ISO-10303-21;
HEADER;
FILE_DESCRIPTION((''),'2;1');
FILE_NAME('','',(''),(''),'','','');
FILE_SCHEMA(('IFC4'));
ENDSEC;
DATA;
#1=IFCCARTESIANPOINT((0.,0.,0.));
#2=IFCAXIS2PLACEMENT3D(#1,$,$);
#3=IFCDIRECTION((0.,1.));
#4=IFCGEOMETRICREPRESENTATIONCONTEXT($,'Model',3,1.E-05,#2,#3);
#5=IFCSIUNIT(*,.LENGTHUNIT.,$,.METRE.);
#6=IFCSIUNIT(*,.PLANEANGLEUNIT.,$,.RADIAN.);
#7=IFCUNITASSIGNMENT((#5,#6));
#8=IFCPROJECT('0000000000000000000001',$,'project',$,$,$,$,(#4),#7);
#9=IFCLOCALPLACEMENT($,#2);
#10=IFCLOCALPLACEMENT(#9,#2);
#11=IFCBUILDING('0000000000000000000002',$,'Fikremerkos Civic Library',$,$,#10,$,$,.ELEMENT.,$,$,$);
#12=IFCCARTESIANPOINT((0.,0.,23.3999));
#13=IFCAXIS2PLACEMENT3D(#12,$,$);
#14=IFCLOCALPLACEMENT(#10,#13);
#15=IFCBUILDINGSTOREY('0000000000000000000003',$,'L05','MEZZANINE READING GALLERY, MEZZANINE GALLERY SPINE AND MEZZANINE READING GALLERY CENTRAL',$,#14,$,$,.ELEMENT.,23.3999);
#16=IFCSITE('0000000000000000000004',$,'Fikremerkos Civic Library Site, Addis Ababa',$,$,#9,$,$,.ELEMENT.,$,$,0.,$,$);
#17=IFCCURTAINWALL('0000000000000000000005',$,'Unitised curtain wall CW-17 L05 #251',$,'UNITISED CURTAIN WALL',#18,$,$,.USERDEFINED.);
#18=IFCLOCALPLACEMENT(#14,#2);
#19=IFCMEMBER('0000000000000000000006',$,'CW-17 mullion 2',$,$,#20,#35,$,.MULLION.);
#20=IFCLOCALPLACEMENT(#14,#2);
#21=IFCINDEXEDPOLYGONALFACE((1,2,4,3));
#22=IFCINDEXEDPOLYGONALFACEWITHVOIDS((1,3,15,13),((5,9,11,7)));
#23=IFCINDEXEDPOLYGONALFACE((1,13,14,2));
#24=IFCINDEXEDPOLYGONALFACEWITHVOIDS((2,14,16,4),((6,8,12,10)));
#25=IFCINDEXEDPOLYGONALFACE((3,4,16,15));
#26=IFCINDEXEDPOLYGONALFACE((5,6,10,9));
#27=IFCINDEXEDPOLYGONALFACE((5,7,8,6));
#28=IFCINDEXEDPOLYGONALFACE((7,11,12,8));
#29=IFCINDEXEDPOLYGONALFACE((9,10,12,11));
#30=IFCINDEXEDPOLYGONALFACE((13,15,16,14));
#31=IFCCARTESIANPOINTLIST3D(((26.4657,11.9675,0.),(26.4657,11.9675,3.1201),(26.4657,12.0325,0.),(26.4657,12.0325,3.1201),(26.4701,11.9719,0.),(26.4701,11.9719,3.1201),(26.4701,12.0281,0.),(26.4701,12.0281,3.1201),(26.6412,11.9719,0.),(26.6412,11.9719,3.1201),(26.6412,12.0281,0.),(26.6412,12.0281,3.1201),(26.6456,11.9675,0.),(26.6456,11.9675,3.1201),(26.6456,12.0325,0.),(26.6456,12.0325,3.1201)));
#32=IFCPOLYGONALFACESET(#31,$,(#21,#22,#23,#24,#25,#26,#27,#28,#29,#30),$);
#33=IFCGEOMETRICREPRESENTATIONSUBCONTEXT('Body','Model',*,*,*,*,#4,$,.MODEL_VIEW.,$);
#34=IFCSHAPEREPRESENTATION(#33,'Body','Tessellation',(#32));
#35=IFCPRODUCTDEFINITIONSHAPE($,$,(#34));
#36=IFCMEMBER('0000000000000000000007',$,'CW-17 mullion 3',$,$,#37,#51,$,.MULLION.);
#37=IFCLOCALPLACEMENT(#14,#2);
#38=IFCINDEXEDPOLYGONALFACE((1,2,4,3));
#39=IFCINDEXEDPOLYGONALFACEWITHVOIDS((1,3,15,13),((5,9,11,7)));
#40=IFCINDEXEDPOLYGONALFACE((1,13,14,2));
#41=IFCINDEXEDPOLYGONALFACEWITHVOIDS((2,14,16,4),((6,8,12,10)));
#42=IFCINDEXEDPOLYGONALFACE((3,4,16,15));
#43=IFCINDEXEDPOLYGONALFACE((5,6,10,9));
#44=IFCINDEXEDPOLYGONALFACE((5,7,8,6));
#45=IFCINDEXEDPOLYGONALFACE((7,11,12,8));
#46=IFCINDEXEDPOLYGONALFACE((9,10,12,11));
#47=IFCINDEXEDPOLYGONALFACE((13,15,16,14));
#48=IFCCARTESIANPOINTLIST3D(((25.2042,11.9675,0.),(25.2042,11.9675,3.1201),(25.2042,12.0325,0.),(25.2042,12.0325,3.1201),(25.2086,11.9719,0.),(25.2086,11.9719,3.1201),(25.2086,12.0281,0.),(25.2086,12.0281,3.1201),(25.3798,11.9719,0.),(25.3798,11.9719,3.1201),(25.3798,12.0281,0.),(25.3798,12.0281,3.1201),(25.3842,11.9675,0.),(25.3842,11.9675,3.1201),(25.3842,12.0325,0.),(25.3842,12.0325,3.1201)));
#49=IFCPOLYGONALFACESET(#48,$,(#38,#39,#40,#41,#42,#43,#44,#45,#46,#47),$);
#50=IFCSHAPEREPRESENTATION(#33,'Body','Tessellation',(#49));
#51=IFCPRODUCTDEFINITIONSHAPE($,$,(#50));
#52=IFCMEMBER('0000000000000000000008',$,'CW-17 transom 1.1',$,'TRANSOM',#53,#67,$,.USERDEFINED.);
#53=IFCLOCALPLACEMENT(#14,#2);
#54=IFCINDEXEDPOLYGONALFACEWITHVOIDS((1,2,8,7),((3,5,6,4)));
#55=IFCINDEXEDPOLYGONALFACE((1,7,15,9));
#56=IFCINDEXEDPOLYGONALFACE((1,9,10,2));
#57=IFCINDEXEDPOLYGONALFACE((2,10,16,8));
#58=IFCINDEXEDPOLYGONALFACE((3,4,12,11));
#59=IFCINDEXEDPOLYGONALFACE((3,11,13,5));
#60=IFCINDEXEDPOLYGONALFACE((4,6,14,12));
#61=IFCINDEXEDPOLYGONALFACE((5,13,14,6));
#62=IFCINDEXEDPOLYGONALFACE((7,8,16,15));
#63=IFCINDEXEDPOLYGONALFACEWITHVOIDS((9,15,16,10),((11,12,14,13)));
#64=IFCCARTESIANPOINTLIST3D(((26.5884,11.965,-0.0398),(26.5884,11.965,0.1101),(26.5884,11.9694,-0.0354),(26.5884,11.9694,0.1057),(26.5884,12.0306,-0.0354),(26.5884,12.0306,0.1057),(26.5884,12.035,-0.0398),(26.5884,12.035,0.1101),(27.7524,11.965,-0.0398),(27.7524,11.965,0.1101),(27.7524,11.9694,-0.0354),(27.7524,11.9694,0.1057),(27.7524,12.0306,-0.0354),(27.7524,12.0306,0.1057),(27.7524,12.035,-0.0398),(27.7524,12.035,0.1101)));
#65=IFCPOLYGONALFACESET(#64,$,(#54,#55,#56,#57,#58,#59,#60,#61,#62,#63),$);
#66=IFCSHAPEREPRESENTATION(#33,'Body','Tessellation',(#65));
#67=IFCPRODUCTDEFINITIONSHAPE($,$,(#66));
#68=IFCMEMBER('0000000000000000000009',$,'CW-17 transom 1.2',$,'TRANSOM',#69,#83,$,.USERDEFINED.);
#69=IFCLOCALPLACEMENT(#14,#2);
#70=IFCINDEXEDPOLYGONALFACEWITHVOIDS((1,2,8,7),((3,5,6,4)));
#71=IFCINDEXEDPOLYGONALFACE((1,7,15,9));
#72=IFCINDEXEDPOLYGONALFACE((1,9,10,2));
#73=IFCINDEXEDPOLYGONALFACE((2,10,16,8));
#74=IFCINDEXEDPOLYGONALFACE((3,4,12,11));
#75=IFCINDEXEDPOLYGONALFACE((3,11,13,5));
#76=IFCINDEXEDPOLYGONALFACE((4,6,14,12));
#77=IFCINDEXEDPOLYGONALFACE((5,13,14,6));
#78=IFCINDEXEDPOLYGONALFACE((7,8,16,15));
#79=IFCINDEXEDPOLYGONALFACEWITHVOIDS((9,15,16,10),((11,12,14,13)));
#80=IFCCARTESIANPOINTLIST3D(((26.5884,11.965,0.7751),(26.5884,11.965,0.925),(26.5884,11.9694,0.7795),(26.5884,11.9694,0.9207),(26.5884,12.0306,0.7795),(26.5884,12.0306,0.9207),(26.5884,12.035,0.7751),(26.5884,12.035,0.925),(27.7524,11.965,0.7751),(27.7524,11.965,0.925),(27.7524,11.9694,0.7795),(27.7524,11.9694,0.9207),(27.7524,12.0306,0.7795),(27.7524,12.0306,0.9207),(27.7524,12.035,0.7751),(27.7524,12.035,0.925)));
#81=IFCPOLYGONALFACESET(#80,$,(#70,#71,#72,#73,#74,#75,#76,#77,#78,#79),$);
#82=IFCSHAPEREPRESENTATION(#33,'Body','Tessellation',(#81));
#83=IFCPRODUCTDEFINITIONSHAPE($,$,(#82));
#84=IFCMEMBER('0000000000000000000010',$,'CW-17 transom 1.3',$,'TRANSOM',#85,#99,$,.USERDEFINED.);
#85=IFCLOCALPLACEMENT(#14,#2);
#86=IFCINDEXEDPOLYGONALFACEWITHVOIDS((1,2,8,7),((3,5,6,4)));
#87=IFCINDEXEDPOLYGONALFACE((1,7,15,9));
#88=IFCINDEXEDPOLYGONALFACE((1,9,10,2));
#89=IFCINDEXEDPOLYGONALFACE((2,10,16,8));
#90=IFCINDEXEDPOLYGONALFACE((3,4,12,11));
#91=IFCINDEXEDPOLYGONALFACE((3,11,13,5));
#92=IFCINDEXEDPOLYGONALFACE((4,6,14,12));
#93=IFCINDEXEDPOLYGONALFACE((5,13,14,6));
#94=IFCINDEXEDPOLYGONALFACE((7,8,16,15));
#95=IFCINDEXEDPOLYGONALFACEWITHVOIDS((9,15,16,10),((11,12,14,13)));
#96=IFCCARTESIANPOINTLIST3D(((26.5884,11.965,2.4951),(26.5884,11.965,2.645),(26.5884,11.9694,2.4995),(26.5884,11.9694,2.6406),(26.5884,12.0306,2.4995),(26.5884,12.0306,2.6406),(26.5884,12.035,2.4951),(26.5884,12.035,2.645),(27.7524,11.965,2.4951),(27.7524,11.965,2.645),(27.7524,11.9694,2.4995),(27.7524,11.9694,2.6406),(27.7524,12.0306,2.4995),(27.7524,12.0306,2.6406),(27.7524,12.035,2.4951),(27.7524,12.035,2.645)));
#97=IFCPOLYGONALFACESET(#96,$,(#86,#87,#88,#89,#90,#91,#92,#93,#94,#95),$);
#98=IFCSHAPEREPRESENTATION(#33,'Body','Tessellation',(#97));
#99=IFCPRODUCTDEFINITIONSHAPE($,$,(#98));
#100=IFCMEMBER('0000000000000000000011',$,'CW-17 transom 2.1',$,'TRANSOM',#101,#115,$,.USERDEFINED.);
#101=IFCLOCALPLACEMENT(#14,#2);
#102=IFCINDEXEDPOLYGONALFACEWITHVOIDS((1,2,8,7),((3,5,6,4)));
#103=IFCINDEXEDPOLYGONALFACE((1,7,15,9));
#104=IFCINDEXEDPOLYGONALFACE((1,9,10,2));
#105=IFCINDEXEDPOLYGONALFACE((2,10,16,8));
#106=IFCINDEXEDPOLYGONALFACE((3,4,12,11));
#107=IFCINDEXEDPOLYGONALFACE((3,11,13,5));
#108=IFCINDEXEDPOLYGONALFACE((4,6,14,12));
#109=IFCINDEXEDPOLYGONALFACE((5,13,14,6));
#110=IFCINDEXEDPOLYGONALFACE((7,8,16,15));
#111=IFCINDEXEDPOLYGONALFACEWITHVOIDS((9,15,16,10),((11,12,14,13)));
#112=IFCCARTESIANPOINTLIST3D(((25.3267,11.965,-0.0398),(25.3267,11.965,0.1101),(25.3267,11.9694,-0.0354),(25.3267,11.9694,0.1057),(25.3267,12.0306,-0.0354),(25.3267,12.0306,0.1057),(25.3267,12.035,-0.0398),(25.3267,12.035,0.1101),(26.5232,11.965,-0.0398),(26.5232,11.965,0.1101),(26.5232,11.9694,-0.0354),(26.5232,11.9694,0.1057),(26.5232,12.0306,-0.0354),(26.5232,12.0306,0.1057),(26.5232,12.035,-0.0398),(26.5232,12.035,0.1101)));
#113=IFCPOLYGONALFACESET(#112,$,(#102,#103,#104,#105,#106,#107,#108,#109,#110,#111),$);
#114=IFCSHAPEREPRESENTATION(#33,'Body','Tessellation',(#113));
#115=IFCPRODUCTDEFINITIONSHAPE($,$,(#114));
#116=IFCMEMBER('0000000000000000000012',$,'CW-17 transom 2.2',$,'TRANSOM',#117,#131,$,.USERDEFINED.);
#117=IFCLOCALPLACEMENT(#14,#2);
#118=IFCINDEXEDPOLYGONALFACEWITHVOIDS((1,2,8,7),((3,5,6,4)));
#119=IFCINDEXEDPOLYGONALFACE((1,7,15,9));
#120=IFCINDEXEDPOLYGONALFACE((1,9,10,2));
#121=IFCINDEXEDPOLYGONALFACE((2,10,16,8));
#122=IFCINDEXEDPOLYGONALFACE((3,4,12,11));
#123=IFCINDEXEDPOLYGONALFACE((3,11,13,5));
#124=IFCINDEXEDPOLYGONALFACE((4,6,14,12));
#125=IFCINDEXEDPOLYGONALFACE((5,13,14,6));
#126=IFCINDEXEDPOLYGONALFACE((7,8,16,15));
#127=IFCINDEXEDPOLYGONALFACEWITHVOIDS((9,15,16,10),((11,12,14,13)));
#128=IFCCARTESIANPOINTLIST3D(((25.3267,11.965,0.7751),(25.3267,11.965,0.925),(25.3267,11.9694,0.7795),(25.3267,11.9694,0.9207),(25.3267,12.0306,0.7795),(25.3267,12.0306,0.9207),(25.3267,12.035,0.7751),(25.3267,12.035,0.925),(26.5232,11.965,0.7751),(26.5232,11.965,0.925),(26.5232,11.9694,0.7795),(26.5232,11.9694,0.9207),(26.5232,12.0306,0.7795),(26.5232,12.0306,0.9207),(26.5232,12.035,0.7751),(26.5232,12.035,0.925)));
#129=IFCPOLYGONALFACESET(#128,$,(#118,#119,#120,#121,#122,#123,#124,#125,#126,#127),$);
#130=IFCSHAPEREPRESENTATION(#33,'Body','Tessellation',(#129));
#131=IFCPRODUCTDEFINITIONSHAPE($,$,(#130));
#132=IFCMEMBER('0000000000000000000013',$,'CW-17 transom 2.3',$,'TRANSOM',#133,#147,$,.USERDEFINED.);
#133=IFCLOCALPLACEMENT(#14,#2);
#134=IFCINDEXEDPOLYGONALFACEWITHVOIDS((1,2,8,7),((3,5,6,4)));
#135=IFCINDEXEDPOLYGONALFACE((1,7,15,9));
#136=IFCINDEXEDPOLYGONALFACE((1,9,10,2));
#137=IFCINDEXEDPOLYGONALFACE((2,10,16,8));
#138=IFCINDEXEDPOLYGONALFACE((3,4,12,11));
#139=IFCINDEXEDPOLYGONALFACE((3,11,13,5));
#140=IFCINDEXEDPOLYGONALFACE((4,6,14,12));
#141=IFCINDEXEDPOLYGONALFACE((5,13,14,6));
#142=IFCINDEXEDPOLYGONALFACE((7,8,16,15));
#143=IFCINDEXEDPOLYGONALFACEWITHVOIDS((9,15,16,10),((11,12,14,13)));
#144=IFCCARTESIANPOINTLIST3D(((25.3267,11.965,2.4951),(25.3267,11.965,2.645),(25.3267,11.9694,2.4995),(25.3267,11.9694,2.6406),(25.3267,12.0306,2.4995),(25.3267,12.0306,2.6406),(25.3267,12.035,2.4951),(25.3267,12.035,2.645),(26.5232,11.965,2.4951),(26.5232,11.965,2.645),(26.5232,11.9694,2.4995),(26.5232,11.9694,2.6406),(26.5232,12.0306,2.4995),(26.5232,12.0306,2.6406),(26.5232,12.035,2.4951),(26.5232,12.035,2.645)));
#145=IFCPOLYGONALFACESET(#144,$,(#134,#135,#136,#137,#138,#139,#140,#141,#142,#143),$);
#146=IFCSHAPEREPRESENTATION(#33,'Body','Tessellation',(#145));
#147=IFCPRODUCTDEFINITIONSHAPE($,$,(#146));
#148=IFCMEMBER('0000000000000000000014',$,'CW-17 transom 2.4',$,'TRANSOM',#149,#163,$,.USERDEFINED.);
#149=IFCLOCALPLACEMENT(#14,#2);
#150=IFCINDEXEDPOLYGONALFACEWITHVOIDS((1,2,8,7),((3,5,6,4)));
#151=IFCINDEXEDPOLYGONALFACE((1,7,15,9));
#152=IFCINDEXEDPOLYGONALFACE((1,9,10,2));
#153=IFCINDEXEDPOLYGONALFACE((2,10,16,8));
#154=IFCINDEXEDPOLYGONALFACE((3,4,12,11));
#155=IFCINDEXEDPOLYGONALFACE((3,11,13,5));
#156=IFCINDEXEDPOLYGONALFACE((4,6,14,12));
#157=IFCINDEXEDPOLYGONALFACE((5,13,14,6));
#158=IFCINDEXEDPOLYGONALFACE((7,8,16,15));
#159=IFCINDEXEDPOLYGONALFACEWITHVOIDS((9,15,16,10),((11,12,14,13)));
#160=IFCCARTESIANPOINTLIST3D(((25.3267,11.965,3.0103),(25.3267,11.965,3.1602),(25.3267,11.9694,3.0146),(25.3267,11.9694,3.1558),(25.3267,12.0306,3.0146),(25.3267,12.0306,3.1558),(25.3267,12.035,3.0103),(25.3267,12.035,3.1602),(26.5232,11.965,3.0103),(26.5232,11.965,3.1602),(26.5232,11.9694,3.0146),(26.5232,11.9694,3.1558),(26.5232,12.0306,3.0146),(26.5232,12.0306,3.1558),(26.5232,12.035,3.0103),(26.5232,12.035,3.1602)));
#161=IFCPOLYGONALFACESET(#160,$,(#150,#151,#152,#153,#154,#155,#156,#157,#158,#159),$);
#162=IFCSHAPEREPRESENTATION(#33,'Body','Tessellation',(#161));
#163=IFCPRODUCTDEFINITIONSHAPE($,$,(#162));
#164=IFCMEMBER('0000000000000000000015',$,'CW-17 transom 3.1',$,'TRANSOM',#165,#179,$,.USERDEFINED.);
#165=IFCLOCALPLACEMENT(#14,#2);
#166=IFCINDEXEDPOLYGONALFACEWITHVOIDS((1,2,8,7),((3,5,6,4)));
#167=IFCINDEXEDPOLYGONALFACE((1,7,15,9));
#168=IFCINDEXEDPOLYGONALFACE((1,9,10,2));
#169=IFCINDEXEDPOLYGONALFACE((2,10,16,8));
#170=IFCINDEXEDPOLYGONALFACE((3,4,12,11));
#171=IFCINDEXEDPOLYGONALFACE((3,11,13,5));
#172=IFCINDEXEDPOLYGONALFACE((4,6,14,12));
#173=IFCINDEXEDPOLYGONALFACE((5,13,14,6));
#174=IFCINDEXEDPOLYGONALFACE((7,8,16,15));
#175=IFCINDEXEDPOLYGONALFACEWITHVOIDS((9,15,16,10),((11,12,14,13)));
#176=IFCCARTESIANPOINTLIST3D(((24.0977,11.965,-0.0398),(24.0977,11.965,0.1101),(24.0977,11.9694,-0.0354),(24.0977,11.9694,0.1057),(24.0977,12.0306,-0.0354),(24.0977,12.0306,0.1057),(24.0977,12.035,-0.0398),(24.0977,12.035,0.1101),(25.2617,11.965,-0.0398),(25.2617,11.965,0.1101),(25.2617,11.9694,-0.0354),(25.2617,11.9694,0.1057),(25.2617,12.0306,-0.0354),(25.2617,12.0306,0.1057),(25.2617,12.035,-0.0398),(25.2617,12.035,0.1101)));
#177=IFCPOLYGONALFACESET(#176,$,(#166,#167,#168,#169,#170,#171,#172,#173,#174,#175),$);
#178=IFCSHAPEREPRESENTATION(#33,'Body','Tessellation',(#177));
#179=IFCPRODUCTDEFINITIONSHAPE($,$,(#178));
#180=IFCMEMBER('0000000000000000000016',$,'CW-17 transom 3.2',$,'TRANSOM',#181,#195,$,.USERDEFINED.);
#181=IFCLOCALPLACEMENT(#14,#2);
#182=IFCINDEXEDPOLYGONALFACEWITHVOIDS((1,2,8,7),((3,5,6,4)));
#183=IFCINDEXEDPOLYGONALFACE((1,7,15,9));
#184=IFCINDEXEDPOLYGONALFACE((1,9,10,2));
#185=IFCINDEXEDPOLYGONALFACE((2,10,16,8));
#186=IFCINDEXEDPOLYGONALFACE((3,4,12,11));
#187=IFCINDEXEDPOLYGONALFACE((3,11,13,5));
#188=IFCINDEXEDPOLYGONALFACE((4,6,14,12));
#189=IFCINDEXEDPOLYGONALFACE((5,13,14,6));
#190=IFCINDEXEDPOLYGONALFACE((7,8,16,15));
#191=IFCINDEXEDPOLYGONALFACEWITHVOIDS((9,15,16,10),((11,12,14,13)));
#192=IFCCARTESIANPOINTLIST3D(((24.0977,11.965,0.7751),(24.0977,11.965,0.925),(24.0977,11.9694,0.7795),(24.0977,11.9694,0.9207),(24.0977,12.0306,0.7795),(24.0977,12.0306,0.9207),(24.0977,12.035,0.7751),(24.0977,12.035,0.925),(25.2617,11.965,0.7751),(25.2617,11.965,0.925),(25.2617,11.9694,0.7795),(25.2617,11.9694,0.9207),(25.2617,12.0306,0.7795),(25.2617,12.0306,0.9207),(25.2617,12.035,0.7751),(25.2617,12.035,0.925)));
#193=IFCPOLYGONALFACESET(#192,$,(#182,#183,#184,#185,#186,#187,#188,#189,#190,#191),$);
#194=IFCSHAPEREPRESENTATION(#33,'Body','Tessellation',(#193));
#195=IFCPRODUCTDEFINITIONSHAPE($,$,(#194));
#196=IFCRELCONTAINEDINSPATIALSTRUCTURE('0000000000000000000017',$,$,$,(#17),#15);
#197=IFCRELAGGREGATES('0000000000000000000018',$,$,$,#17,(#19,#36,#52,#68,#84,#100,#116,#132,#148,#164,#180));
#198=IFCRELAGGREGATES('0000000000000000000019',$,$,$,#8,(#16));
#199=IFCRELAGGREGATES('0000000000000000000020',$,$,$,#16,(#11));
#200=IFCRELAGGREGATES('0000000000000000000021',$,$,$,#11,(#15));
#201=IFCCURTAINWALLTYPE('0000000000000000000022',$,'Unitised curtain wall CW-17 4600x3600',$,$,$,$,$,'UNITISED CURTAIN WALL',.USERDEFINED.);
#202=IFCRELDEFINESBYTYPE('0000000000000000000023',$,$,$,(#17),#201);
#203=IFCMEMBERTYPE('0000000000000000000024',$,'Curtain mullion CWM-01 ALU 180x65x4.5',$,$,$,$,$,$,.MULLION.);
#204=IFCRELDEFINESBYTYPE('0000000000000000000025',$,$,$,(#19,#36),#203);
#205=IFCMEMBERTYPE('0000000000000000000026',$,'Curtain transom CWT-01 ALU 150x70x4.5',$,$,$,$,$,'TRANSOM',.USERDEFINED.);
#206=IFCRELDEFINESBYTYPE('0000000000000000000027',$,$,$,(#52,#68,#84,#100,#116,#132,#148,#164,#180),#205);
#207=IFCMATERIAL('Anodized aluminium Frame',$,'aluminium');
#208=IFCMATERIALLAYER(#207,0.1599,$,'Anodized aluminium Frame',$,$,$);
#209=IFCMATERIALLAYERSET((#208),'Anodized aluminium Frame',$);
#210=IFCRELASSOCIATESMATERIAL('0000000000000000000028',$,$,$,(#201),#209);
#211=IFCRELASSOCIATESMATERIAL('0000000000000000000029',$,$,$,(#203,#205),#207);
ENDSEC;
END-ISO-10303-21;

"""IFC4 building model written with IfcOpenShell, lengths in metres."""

from ifc_helpers import new_model, si_unit, direction, frame, origin, origin_2d, place, context, subcontext, project, spatial, hollow_rectangle, extrude, material, layer, layer_set, material_profile, profile_set, type_object, element, aggregate, save


model = new_model("IFC4")

# Units and contexts
model_context = context("Model", 3, precision=1e-05, world=origin(), true_north=direction((0.0, 1.0)))
body_context = subcontext(model_context, "Body", "Model", "MODEL_VIEW")
ifc_project = project(units=[si_unit("LENGTHUNIT", "METRE"), si_unit("PLANEANGLEUNIT", "RADIAN")], contexts=[model_context])

# Site, building, storey
site_placement = place(None, origin())
site = spatial("IfcSite", under=ifc_project, at=site_placement, Name="Fikremerkos Civic Library Site, Addis Ababa", CompositionType="ELEMENT", RefElevation=0.0)
building_placement = place(site_placement, origin())
building = spatial("IfcBuilding", under=site, at=building_placement, Name="Fikremerkos Civic Library", CompositionType="ELEMENT")
storey_placement = place(building_placement, frame((0.0, 0.0, 23.3999)))
storey = spatial("IfcBuildingStorey", under=building, at=storey_placement, Name="L05", Description="MEZZANINE READING GALLERY, MEZZANINE GALLERY SPINE AND MEZZANINE READING GALLERY CENTRAL", CompositionType="ELEMENT", Elevation=23.3999)

# Curtain wall, members
ifc_material_1 = material(Name="Anodized aluminium Frame", Category="aluminium")
ifc_layer_1 = layer(ifc_material_1, 0.1599, Name="Anodized aluminium Frame")
ifc_layer_set_1 = layer_set([ifc_layer_1], Name="Anodized aluminium Frame")
curtain_wall_type = type_object("IfcCurtainWallType", Name="Unitised curtain wall CW-17 4600x3600", ElementType="UNITISED CURTAIN WALL", PredefinedType="USERDEFINED", material=ifc_layer_set_1)
curtain_wall_placement = place(storey_placement, origin())
curtain_wall = element("IfcCurtainWall", 1, at=curtain_wall_placement, inside=storey, type_object=curtain_wall_type, Name="Unitised curtain wall CW-17 L05 #251", ObjectType="UNITISED CURTAIN WALL", PredefinedType="USERDEFINED")
ifc_material_profile_1 = material_profile(ifc_material_1, hollow_rectangle(XDim=0.0649, YDim=0.1799, WallThickness=0.0044, at=origin_2d()), Name="ALU 180x65x4.5")
ifc_profile_set_1 = profile_set([ifc_material_profile_1], Name="Anodized aluminium Frame")
member_type_1 = type_object("IfcMemberType", Name="Curtain mullion CWM-01 ALU 180x65x4.5", PredefinedType="MULLION", material=ifc_profile_set_1)
member_1_placement = place(storey_placement, frame((26.5557, 12.0, 0.0), z_axis=(0.0, 0.0, 1.0), x_axis=(0.0, -1.0, 0.0)))
member_1 = element("IfcMember", 2, at=member_1_placement, type_object=member_type_1, Name="CW-17 mullion 2", PredefinedType="MULLION", context=body_context, shape_type="SweptSolid", body=[
    extrude(hollow_rectangle(XDim=0.0649, YDim=0.1799, WallThickness=0.0044, at=origin_2d()), origin(), (0.0, 0.0, 1.0), 3.1201),
])
member_2_placement = place(storey_placement, frame((25.2942, 12.0, 0.0), z_axis=(0.0, 0.0, 1.0), x_axis=(0.0, -1.0, 0.0)))
member_2 = element("IfcMember", 3, at=member_2_placement, type_object=member_type_1, Name="CW-17 mullion 3", PredefinedType="MULLION", context=body_context, shape_type="SweptSolid", body=[
    extrude(hollow_rectangle(XDim=0.0649, YDim=0.1799, WallThickness=0.0044, at=origin_2d()), origin(), (0.0, 0.0, 1.0), 3.1201),
])
ifc_material_profile_2 = material_profile(ifc_material_1, hollow_rectangle(XDim=0.0701, YDim=0.1499, WallThickness=0.0044, at=origin_2d()), Name="ALU 150x70x4.5")
ifc_profile_set_2 = profile_set([ifc_material_profile_2], Name="Anodized aluminium Frame")
member_type_2 = type_object("IfcMemberType", Name="Curtain transom CWT-01 ALU 150x70x4.5", ElementType="TRANSOM", PredefinedType="USERDEFINED", material=ifc_profile_set_2)
member_3_placement = place(storey_placement, frame((27.7524, 12.0, 0.0352), z_axis=(-1.0, 0.0, 0.0), x_axis=(0.0, -1.0, 0.0)))
member_3 = element("IfcMember", 4, at=member_3_placement, type_object=member_type_2, Name="CW-17 transom 1.1", ObjectType="TRANSOM", PredefinedType="USERDEFINED", context=body_context, shape_type="SweptSolid", body=[
    extrude(hollow_rectangle(XDim=0.0701, YDim=0.1499, WallThickness=0.0044, at=origin_2d()), origin(), (0.0, 0.0, 1.0), 1.1641),
])
member_4_placement = place(storey_placement, frame((27.7524, 12.0, 0.8501), z_axis=(-1.0, 0.0, 0.0), x_axis=(0.0, -1.0, 0.0)))
member_4 = element("IfcMember", 5, at=member_4_placement, type_object=member_type_2, Name="CW-17 transom 1.2", ObjectType="TRANSOM", PredefinedType="USERDEFINED", context=body_context, shape_type="SweptSolid", body=[
    extrude(hollow_rectangle(XDim=0.0701, YDim=0.1499, WallThickness=0.0044, at=origin_2d()), origin(), (0.0, 0.0, 1.0), 1.1641),
])
member_5_placement = place(storey_placement, frame((27.7524, 12.0, 2.5701), z_axis=(-1.0, 0.0, 0.0), x_axis=(0.0, -1.0, 0.0)))
member_5 = element("IfcMember", 6, at=member_5_placement, type_object=member_type_2, Name="CW-17 transom 1.3", ObjectType="TRANSOM", PredefinedType="USERDEFINED", context=body_context, shape_type="SweptSolid", body=[
    extrude(hollow_rectangle(XDim=0.0701, YDim=0.1499, WallThickness=0.0044, at=origin_2d()), origin(), (0.0, 0.0, 1.0), 1.1641),
])
member_6_placement = place(storey_placement, frame((26.5232, 12.0, 0.0352), z_axis=(-1.0, 0.0, 0.0), x_axis=(0.0, -1.0, 0.0)))
member_6 = element("IfcMember", 7, at=member_6_placement, type_object=member_type_2, Name="CW-17 transom 2.1", ObjectType="TRANSOM", PredefinedType="USERDEFINED", context=body_context, shape_type="SweptSolid", body=[
    extrude(hollow_rectangle(XDim=0.0701, YDim=0.1499, WallThickness=0.0044, at=origin_2d()), origin(), (0.0, 0.0, 1.0), 1.1965),
])
member_7_placement = place(storey_placement, frame((26.5232, 12.0, 0.8501), z_axis=(-1.0, 0.0, 0.0), x_axis=(0.0, -1.0, 0.0)))
member_7 = element("IfcMember", 8, at=member_7_placement, type_object=member_type_2, Name="CW-17 transom 2.2", ObjectType="TRANSOM", PredefinedType="USERDEFINED", context=body_context, shape_type="SweptSolid", body=[
    extrude(hollow_rectangle(XDim=0.0701, YDim=0.1499, WallThickness=0.0044, at=origin_2d()), origin(), (0.0, 0.0, 1.0), 1.1965),
])
member_8_placement = place(storey_placement, frame((26.5232, 12.0, 2.5701), z_axis=(-1.0, 0.0, 0.0), x_axis=(0.0, -1.0, 0.0)))
member_8 = element("IfcMember", 9, at=member_8_placement, type_object=member_type_2, Name="CW-17 transom 2.3", ObjectType="TRANSOM", PredefinedType="USERDEFINED", context=body_context, shape_type="SweptSolid", body=[
    extrude(hollow_rectangle(XDim=0.0701, YDim=0.1499, WallThickness=0.0044, at=origin_2d()), origin(), (0.0, 0.0, 1.0), 1.1965),
])
member_9_placement = place(storey_placement, frame((26.5232, 12.0, 3.0852), z_axis=(-1.0, 0.0, 0.0), x_axis=(0.0, -1.0, 0.0)))
member_9 = element("IfcMember", 10, at=member_9_placement, type_object=member_type_2, Name="CW-17 transom 2.4", ObjectType="TRANSOM", PredefinedType="USERDEFINED", context=body_context, shape_type="SweptSolid", body=[
    extrude(hollow_rectangle(XDim=0.0701, YDim=0.1499, WallThickness=0.0044, at=origin_2d()), origin(), (0.0, 0.0, 1.0), 1.1965),
])
member_10_placement = place(storey_placement, frame((25.2617, 12.0, 0.0352), z_axis=(-1.0, 0.0, 0.0), x_axis=(0.0, -1.0, 0.0)))
member_10 = element("IfcMember", 11, at=member_10_placement, type_object=member_type_2, Name="CW-17 transom 3.1", ObjectType="TRANSOM", PredefinedType="USERDEFINED", context=body_context, shape_type="SweptSolid", body=[
    extrude(hollow_rectangle(XDim=0.0701, YDim=0.1499, WallThickness=0.0044, at=origin_2d()), origin(), (0.0, 0.0, 1.0), 1.1641),
])
member_11_placement = place(storey_placement, frame((25.2617, 12.0, 0.8501), z_axis=(-1.0, 0.0, 0.0), x_axis=(0.0, -1.0, 0.0)))
member_11 = element("IfcMember", 12, at=member_11_placement, type_object=member_type_2, Name="CW-17 transom 3.2", ObjectType="TRANSOM", PredefinedType="USERDEFINED", context=body_context, shape_type="SweptSolid", body=[
    extrude(hollow_rectangle(XDim=0.0701, YDim=0.1499, WallThickness=0.0044, at=origin_2d()), origin(), (0.0, 0.0, 1.0), 1.1641),
])
aggregate(curtain_wall, [member_1, member_2, member_3, member_4, member_5, member_6, member_7, member_8, member_9, member_10, member_11])

save(model, "model.ifc")
